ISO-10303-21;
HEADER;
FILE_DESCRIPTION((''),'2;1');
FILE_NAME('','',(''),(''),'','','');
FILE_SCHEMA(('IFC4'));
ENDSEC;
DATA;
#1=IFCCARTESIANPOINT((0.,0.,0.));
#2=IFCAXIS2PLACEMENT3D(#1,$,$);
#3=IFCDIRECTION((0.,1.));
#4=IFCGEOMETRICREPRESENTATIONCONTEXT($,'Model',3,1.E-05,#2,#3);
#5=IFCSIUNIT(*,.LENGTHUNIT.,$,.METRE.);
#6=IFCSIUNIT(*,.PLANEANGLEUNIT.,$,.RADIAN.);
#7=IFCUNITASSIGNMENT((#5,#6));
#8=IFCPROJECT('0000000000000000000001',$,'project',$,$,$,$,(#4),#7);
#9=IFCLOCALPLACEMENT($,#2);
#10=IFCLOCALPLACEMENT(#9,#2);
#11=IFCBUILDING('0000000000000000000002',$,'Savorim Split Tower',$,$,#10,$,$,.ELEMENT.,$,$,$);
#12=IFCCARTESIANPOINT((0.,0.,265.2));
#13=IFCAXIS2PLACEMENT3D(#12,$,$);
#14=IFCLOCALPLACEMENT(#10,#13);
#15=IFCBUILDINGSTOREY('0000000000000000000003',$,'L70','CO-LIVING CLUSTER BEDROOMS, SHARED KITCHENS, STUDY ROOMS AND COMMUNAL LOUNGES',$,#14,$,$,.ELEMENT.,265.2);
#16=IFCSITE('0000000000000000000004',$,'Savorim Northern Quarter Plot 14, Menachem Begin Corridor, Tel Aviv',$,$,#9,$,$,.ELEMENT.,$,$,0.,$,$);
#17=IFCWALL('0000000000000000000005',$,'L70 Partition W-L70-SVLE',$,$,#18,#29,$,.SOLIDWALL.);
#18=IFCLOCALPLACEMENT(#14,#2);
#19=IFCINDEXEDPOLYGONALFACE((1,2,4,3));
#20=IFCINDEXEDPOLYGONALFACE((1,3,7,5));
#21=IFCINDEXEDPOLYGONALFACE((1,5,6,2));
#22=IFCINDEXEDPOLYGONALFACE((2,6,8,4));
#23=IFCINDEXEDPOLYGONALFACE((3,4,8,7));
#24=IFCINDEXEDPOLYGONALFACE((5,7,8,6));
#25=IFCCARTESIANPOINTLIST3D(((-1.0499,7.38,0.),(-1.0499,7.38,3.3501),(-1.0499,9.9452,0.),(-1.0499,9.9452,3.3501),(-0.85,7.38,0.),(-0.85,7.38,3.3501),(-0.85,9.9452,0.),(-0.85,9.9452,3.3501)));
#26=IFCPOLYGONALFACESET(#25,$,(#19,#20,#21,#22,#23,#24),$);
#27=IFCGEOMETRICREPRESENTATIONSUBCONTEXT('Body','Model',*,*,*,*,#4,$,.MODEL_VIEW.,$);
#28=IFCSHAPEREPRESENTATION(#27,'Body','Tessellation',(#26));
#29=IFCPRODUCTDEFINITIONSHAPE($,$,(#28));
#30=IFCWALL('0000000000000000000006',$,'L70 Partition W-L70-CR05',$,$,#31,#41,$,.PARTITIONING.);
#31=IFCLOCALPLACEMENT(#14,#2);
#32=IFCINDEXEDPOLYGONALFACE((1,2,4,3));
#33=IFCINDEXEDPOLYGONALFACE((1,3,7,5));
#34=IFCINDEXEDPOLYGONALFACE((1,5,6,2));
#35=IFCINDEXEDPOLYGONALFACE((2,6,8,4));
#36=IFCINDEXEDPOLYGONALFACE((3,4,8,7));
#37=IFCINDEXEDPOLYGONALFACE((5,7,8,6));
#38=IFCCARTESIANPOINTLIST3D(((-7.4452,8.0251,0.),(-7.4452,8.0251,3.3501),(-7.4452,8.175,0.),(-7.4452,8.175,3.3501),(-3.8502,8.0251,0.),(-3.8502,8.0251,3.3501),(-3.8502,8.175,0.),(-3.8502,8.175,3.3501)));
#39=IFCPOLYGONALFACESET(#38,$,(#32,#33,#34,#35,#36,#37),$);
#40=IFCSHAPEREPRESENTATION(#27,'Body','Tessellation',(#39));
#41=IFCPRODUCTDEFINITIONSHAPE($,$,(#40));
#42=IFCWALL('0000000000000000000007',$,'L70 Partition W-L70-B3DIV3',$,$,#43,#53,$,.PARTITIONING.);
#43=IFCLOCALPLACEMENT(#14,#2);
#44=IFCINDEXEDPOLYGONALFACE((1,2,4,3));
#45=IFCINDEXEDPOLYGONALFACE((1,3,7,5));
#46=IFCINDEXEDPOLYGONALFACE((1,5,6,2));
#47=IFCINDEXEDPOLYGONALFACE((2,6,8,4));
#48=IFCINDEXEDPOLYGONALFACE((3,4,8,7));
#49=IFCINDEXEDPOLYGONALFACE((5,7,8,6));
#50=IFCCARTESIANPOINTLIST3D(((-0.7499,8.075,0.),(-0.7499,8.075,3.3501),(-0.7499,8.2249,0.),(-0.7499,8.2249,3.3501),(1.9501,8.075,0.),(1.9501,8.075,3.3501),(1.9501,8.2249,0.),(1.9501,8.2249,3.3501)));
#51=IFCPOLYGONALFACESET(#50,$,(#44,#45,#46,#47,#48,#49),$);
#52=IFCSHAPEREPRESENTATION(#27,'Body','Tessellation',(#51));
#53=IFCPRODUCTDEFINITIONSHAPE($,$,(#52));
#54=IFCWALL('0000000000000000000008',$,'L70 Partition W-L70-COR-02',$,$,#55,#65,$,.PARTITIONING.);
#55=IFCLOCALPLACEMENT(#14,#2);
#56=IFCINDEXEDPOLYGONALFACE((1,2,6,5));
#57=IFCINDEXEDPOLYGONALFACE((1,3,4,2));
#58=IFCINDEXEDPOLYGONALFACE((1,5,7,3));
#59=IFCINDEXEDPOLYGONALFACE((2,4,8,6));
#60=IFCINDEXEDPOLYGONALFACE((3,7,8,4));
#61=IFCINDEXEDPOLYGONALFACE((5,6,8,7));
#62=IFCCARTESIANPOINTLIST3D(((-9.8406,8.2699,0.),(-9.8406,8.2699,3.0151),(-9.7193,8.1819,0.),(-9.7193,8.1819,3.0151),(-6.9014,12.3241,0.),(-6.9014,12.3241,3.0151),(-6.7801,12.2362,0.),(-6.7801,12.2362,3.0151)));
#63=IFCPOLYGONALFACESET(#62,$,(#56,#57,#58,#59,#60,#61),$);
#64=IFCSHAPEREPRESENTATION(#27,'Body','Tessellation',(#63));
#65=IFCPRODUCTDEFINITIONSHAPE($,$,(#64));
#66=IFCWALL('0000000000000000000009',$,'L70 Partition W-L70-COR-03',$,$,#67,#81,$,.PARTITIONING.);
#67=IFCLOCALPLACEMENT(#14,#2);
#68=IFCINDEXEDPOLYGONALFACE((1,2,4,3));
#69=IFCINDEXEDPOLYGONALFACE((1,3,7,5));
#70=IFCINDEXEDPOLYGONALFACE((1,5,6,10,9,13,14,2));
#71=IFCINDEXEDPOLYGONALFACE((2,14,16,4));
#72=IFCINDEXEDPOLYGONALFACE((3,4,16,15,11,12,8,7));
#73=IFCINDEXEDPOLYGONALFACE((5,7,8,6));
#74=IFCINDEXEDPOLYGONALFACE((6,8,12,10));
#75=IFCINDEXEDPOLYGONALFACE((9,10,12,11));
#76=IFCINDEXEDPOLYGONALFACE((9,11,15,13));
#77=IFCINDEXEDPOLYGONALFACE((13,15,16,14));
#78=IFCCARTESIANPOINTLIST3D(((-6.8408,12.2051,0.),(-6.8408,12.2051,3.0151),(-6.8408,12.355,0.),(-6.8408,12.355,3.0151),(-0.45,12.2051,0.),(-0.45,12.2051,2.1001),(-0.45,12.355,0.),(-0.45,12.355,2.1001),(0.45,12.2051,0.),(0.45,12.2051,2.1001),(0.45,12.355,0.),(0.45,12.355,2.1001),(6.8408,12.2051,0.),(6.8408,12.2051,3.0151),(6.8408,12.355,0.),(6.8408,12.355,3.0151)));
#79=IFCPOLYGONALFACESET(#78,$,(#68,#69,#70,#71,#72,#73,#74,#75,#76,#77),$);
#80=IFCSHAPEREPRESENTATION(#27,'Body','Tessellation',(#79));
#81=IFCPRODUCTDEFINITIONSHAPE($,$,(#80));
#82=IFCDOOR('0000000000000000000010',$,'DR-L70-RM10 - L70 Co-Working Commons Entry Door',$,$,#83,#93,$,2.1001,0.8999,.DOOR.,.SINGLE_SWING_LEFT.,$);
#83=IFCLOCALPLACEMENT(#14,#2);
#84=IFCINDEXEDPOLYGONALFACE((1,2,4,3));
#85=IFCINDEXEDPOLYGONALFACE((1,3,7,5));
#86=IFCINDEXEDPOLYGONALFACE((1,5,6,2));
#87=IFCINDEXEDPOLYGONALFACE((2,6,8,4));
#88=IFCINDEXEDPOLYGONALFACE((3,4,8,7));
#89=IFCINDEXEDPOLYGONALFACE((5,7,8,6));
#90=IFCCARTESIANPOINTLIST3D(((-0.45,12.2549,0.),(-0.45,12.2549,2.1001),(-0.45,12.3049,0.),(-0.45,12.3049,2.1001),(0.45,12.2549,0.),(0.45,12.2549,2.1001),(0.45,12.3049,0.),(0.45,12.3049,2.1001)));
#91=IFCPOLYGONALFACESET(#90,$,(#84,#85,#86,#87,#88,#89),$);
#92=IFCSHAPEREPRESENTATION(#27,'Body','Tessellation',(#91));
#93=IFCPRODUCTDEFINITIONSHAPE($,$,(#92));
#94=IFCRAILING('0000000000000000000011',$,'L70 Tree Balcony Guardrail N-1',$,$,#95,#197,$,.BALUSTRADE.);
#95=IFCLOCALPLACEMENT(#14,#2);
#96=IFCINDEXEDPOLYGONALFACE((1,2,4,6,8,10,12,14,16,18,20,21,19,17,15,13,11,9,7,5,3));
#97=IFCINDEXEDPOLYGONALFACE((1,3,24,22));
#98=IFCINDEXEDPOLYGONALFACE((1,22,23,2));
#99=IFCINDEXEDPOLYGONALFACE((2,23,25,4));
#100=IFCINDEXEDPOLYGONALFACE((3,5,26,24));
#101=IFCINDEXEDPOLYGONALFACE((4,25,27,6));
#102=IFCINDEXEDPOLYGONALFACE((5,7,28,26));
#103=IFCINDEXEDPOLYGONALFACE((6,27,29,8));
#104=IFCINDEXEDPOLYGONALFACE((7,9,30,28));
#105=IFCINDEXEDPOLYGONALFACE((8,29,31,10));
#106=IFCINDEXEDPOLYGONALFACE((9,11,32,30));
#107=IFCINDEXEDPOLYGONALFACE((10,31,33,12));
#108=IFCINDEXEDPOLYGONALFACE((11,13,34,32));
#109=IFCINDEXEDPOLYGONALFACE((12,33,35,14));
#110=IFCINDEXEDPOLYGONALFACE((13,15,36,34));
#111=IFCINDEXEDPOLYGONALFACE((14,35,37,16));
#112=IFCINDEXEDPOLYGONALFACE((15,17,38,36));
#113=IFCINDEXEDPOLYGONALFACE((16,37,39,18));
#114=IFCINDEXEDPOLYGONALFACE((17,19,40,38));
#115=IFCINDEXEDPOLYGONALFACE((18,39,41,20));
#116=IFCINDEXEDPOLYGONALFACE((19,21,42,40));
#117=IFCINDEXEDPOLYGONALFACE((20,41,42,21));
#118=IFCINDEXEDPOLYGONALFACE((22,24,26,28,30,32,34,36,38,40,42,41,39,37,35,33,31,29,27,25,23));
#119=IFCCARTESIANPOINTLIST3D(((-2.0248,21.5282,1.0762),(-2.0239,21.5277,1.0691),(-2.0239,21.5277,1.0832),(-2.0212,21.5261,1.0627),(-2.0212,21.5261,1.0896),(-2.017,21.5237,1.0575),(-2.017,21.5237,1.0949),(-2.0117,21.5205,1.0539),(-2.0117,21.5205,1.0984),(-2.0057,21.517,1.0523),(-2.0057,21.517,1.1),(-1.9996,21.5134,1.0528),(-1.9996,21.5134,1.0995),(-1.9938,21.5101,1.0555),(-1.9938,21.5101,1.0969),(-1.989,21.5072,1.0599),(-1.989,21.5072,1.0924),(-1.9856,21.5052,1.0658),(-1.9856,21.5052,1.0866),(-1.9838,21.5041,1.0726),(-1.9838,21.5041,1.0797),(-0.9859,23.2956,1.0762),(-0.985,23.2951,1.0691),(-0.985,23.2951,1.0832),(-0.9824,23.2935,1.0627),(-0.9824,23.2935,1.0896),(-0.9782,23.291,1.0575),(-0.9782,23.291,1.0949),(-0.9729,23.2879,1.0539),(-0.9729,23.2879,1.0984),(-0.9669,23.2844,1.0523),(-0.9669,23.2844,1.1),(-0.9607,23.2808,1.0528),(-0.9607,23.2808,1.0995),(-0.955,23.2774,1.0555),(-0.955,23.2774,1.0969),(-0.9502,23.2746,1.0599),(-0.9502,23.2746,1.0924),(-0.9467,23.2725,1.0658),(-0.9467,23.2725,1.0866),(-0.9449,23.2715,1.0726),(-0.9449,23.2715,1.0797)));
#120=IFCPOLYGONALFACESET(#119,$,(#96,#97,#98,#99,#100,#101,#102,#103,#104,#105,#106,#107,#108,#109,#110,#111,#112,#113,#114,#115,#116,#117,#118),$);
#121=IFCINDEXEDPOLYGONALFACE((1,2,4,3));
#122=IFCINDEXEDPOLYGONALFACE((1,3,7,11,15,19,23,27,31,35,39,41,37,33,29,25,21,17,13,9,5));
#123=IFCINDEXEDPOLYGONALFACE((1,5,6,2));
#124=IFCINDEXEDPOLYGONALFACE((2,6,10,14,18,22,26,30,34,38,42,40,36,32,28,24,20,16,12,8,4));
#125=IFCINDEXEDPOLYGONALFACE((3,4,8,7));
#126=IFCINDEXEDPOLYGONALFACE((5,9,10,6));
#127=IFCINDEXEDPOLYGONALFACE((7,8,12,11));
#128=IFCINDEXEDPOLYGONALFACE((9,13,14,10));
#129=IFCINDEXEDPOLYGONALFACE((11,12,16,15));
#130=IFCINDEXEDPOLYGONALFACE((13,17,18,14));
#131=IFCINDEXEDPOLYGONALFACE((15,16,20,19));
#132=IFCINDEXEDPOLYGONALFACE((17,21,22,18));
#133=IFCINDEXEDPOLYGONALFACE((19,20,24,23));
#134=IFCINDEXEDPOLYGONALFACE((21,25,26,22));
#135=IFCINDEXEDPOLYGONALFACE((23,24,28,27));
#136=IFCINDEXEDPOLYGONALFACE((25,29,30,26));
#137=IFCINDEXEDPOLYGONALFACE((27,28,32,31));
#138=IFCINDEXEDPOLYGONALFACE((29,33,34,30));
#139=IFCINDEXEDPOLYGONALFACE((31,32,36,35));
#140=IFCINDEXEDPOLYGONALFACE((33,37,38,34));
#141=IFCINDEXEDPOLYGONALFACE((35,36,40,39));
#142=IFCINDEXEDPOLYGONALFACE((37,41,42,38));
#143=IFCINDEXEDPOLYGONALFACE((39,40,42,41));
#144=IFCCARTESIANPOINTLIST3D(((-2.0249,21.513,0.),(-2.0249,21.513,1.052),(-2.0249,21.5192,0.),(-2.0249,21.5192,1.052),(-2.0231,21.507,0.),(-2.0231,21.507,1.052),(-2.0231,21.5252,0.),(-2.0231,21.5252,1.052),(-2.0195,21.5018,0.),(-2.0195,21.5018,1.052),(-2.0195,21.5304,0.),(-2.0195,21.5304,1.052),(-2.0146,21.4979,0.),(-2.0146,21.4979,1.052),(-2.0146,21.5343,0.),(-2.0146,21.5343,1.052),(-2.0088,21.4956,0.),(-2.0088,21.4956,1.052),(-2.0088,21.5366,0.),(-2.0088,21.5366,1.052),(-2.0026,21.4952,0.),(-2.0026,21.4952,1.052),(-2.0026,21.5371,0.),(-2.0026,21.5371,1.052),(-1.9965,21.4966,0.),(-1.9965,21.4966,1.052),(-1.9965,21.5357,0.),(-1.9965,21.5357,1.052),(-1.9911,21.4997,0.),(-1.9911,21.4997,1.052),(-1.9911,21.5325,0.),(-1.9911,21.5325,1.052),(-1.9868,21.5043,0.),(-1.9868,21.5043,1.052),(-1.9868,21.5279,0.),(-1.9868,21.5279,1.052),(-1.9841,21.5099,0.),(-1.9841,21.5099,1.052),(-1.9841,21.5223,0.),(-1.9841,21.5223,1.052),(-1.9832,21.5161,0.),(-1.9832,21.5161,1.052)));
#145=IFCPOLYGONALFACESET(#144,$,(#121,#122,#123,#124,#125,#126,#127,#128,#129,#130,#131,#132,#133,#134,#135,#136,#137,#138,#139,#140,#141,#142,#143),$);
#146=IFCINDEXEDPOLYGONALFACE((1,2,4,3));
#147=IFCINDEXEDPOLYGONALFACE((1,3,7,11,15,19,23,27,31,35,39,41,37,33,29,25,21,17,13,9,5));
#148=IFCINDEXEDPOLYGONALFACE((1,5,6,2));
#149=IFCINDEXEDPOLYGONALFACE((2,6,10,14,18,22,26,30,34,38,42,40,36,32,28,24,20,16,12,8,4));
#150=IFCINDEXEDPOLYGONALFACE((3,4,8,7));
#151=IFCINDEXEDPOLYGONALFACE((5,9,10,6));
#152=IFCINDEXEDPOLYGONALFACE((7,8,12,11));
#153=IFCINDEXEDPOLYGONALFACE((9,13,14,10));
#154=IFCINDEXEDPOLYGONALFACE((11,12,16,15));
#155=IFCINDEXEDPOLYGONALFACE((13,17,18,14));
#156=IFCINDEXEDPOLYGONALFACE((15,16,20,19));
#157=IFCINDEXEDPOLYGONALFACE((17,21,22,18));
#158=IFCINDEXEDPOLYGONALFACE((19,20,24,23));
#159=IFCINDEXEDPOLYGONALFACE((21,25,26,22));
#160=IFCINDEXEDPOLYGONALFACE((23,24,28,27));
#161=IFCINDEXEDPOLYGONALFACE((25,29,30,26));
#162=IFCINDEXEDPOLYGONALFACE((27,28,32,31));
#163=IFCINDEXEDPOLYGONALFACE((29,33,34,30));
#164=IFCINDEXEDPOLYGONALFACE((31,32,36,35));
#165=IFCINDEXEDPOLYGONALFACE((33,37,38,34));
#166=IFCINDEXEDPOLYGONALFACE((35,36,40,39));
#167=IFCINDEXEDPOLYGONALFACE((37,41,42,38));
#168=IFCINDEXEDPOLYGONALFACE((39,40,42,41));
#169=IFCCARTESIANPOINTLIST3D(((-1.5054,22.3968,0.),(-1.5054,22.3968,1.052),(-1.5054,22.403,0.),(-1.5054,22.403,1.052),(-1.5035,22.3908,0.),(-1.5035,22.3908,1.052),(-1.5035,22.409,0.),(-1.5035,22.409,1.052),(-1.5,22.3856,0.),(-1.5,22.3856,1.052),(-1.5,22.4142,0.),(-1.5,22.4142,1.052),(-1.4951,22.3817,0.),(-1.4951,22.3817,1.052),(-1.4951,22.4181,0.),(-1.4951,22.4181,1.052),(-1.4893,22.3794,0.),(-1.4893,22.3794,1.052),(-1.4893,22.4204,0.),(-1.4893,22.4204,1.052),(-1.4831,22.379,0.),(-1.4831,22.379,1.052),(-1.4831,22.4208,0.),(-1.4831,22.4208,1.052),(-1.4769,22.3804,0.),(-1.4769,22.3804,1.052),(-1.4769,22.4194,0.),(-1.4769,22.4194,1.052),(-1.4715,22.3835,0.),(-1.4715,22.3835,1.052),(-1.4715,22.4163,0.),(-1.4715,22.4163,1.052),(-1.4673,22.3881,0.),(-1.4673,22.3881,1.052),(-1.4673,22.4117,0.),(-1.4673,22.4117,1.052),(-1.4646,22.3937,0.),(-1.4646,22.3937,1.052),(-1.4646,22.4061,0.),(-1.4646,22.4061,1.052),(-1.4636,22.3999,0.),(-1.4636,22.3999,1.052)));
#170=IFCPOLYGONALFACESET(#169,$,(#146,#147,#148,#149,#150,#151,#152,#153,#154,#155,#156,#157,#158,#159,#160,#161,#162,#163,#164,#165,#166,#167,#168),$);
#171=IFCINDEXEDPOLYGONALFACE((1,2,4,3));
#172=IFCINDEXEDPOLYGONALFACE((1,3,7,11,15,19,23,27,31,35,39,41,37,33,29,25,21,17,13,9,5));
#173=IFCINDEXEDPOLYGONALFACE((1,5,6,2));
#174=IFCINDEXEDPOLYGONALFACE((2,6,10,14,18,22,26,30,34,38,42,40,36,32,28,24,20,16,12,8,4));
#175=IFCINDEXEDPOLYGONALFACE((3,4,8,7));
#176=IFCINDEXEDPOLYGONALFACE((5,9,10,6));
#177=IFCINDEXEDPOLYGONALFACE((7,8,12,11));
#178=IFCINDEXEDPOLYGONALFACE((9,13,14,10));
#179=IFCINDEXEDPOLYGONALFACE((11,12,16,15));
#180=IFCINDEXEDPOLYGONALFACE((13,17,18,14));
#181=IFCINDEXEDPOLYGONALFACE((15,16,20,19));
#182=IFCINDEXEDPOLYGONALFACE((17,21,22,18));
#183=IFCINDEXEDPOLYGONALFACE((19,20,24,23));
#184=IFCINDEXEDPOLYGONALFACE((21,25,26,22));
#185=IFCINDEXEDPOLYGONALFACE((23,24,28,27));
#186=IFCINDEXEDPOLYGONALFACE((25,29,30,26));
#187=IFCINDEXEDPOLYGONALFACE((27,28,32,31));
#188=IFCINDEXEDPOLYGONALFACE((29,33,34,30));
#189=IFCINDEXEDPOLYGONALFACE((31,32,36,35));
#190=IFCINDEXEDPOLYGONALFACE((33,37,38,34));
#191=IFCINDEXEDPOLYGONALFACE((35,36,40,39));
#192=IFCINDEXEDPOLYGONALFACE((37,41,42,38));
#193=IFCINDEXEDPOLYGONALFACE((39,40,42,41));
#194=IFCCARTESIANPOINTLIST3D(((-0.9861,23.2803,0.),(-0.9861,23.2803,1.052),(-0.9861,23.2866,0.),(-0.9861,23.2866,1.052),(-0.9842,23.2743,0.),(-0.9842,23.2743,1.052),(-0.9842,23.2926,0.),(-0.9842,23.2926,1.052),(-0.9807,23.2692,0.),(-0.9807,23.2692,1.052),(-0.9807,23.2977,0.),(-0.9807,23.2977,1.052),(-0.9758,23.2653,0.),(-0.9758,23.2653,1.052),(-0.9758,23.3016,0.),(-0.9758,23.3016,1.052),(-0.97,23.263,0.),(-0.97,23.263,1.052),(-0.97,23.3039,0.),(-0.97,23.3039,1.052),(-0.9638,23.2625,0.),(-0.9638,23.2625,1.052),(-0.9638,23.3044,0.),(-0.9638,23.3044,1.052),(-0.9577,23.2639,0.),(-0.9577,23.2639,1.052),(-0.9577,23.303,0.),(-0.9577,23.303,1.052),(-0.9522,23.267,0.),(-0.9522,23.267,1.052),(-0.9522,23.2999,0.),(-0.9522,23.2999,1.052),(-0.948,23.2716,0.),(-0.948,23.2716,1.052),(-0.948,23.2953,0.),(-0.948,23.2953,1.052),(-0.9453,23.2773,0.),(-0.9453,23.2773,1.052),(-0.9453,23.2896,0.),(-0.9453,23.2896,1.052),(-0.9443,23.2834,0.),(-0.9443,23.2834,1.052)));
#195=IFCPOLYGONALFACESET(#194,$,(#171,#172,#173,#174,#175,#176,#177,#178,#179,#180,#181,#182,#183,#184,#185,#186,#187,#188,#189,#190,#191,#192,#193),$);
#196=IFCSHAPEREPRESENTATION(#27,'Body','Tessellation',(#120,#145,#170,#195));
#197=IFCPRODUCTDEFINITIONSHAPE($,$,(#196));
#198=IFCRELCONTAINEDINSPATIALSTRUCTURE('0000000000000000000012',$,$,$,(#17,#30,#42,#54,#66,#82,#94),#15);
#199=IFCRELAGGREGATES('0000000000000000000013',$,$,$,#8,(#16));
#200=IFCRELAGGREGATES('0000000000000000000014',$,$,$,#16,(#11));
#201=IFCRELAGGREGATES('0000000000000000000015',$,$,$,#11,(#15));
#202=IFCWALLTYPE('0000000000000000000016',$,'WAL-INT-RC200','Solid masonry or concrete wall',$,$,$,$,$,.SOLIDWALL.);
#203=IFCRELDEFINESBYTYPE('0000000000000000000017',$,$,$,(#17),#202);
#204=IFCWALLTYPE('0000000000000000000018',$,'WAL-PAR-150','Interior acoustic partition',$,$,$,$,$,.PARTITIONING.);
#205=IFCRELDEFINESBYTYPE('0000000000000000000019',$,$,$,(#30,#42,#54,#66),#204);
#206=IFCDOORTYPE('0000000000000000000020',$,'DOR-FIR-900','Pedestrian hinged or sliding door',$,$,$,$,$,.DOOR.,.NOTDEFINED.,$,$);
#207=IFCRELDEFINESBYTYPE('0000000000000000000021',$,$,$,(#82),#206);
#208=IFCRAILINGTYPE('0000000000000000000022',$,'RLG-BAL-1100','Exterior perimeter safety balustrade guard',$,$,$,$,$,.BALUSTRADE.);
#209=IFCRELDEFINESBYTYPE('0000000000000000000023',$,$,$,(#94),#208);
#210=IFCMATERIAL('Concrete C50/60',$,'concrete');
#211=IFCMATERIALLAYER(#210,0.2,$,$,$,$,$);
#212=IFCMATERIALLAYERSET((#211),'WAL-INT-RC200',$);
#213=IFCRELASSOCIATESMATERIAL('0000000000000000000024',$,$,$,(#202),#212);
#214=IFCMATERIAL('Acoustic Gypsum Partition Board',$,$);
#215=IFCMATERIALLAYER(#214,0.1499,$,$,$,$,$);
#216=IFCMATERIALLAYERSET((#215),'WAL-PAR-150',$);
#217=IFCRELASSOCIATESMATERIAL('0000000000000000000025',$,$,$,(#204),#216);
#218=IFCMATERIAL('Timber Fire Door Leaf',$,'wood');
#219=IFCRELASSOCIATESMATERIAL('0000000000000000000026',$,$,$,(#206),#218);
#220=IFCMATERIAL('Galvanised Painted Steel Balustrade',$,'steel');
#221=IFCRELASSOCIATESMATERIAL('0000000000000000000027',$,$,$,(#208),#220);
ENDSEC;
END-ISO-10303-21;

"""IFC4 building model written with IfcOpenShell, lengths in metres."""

from ifc_helpers import new_model, si_unit, direction, frame, frame_2d, origin, origin_2d, place, context, subcontext, project, spatial, rectangle, circle, extrude, material, layer, layer_set, type_object, element, fill, save


model = new_model("IFC4")

# Units and contexts
model_context = context("Model", 3, precision=1e-05, world=origin(), true_north=direction((0.0, 1.0)))
body_context = subcontext(model_context, "Body", "Model", "MODEL_VIEW")
ifc_project = project(units=[si_unit("LENGTHUNIT", "METRE"), si_unit("PLANEANGLEUNIT", "RADIAN")], contexts=[model_context])

# Site, building, storey
site_placement = place(None, origin())
site = spatial("IfcSite", under=ifc_project, at=site_placement, Name="Savorim Northern Quarter Plot 14, Menachem Begin Corridor, Tel Aviv", CompositionType="ELEMENT", RefElevation=0.0)
building_placement = place(site_placement, origin())
building = spatial("IfcBuilding", under=site, at=building_placement, Name="Savorim Split Tower", CompositionType="ELEMENT")
storey_placement = place(building_placement, frame((0.0, 0.0, 265.2)))
storey = spatial("IfcBuildingStorey", under=building, at=storey_placement, Name="L70", Description="CO-LIVING CLUSTER BEDROOMS, SHARED KITCHENS, STUDY ROOMS AND COMMUNAL LOUNGES", CompositionType="ELEMENT", Elevation=265.2)

# Shared definitions
ifc_material_1 = material(Name="Concrete C50/60", Category="concrete")
ifc_layer_1 = layer(ifc_material_1, 0.2)
ifc_layer_set_1 = layer_set([ifc_layer_1], Name="WAL-INT-RC200")
wall_type_1 = type_object("IfcWallType", Name="WAL-INT-RC200", Description="Solid masonry or concrete wall", PredefinedType="SOLIDWALL", material=ifc_layer_set_1)

# Walls
wall_1_placement = place(storey_placement, frame((-0.95, 7.3799, 0.0), z_axis=(0.0, 0.0, 1.0), x_axis=(0.0, 1.0, 0.0)))
element("IfcWall", 1, at=wall_1_placement, inside=storey, type_object=wall_type_1, Name="L70 Partition W-L70-SVLE", PredefinedType="SOLIDWALL", context=body_context, shape_type="SweptSolid", body=[
    extrude(rectangle(XDim=2.5652, YDim=0.2, at=frame_2d((1.2827, 0.0))), origin(), (0.0, 0.0, 1.0), 3.3501),
])
ifc_material_2 = material(Name="Acoustic Gypsum Partition Board")
ifc_layer_2 = layer(ifc_material_2, 0.1499)
ifc_layer_set_2 = layer_set([ifc_layer_2], Name="WAL-PAR-150")
wall_type_2 = type_object("IfcWallType", Name="WAL-PAR-150", Description="Interior acoustic partition", PredefinedType="PARTITIONING", material=ifc_layer_set_2)
wall_2_placement = place(storey_placement, frame((-7.4451, 8.1001, 0.0), z_axis=(0.0, 0.0, 1.0), x_axis=(1.0, 0.0, 0.0)))
element("IfcWall", 2, at=wall_2_placement, inside=storey, type_object=wall_type_2, Name="L70 Partition W-L70-CR05", PredefinedType="PARTITIONING", context=body_context, shape_type="SweptSolid", body=[
    extrude(rectangle(XDim=3.595, YDim=0.1499, at=frame_2d((1.7974, 0.0))), origin(), (0.0, 0.0, 1.0), 3.3501),
])
wall_3_placement = place(storey_placement, frame((-0.75, 8.1499, 0.0), z_axis=(0.0, 0.0, 1.0), x_axis=(1.0, 0.0, 0.0)))
element("IfcWall", 3, at=wall_3_placement, inside=storey, type_object=wall_type_2, Name="L70 Partition W-L70-B3DIV3", PredefinedType="PARTITIONING", context=body_context, shape_type="SweptSolid", body=[
    extrude(rectangle(XDim=2.7, YDim=0.1499, at=frame_2d((1.3501, 0.0))), origin(), (0.0, 0.0, 1.0), 3.3501),
])
wall_4_placement = place(storey_placement, frame((-9.78, 8.2258, 0.0), z_axis=(0.0, 0.0, 1.0), x_axis=(0.586956, 0.809619, 0.0)))
element("IfcWall", 4, at=wall_4_placement, inside=storey, type_object=wall_type_2, Name="L70 Partition W-L70-COR-02", PredefinedType="PARTITIONING", context=body_context, shape_type="SweptSolid", body=[
    extrude(rectangle(XDim=5.0076, YDim=0.1499, at=frame_2d((2.5039, 0.0))), origin(), (0.0, 0.0, 1.0), 3.0151),
])

# Wall, opening, door
wall_5_placement = place(storey_placement, frame((-6.8408, 12.28, 0.0), z_axis=(0.0, 0.0, 1.0), x_axis=(1.0, 0.0, 0.0)))
wall_5 = element("IfcWall", 5, at=wall_5_placement, inside=storey, type_object=wall_type_2, Name="L70 Partition W-L70-COR-03", PredefinedType="PARTITIONING", context=body_context, shape_type="SweptSolid", body=[
    extrude(rectangle(XDim=13.6816, YDim=0.1499, at=frame_2d((6.8408, 0.0))), origin(), (0.0, 0.0, 1.0), 3.0151),
])
opening_1_placement = place(wall_5_placement, frame((6.3909, 0.0, 0.0)))
opening_1 = element("IfcOpeningElement", 6, at=opening_1_placement, cuts=wall_5, PredefinedType="OPENING", context=body_context, shape_type="SweptSolid", body=[
    extrude(rectangle(XDim=0.8999, YDim=2.1001, at=frame_2d((0.45, 1.05))), frame((0.0, 0.085, 0.0), z_axis=(0.0, -1.0, 0.0), x_axis=(1.0, 0.0, 0.0)), (0.0, 0.0, 1.0), 0.1699),
])
ifc_material_3 = material(Name="Timber Fire Door Leaf", Category="wood")
door_type_1 = type_object("IfcDoorType", Name="DOR-FIR-900", Description="Pedestrian hinged or sliding door", OperationType="NOTDEFINED", PredefinedType="DOOR", material=ifc_material_3)
door_1_placement = place(opening_1_placement, origin())
door_1 = element("IfcDoor", 7, at=door_1_placement, inside=storey, type_object=door_type_1, Name="DR-L70-RM10 - L70 Co-Working Commons Entry Door", OperationType="SINGLE_SWING_LEFT", OverallHeight=2.1001, OverallWidth=0.8999, PredefinedType="DOOR", context=body_context, shape_type="SweptSolid", body=[
    extrude(rectangle(XDim=0.8999, YDim=2.1001, at=frame_2d((0.45, 1.05))), frame((0.0, 0.0249, 0.0), z_axis=(0.0, -1.0, 0.0), x_axis=(1.0, 0.0, 0.0)), (0.0, 0.0, 1.0), 0.05),
])
fill(opening_1, door_1)

# Railing
ifc_material_4 = material(Name="Galvanised Painted Steel Balustrade", Category="steel")
railing_type = type_object("IfcRailingType", Name="RLG-BAL-1100", Description="Exterior perimeter safety balustrade guard", PredefinedType="BALUSTRADE", material=ifc_material_4)
railing_1_placement = place(storey_placement, frame((-2.0042, 21.5161, 0.0)))
element("IfcRailing", 8, at=railing_1_placement, inside=storey, type_object=railing_type, Name="L70 Tree Balcony Guardrail N-1", PredefinedType="BALUSTRADE", context=body_context, shape_type="SweptSolid", body=[
    extrude(circle(Radius=0.0239, at=origin_2d()), frame((0.0, 0.0, 1.0762), z_axis=(0.506734, 0.862103, 0.0), x_axis=(-0.862103, 0.506734, 0.0)), (0.0, 0.0, 1.0), 2.05),
    extrude(circle(Radius=0.021, at=origin_2d()), origin(), (0.0, 0.0, 1.0), 1.052),
    extrude(circle(Radius=0.021, at=origin_2d()), frame((0.5195, 0.8838, 0.0)), (0.0, 0.0, 1.0), 1.052),
    extrude(circle(Radius=0.021, at=origin_2d()), frame((1.0388, 1.7673, 0.0)), (0.0, 0.0, 1.0), 1.052),
])

save(model, "model.ifc")
